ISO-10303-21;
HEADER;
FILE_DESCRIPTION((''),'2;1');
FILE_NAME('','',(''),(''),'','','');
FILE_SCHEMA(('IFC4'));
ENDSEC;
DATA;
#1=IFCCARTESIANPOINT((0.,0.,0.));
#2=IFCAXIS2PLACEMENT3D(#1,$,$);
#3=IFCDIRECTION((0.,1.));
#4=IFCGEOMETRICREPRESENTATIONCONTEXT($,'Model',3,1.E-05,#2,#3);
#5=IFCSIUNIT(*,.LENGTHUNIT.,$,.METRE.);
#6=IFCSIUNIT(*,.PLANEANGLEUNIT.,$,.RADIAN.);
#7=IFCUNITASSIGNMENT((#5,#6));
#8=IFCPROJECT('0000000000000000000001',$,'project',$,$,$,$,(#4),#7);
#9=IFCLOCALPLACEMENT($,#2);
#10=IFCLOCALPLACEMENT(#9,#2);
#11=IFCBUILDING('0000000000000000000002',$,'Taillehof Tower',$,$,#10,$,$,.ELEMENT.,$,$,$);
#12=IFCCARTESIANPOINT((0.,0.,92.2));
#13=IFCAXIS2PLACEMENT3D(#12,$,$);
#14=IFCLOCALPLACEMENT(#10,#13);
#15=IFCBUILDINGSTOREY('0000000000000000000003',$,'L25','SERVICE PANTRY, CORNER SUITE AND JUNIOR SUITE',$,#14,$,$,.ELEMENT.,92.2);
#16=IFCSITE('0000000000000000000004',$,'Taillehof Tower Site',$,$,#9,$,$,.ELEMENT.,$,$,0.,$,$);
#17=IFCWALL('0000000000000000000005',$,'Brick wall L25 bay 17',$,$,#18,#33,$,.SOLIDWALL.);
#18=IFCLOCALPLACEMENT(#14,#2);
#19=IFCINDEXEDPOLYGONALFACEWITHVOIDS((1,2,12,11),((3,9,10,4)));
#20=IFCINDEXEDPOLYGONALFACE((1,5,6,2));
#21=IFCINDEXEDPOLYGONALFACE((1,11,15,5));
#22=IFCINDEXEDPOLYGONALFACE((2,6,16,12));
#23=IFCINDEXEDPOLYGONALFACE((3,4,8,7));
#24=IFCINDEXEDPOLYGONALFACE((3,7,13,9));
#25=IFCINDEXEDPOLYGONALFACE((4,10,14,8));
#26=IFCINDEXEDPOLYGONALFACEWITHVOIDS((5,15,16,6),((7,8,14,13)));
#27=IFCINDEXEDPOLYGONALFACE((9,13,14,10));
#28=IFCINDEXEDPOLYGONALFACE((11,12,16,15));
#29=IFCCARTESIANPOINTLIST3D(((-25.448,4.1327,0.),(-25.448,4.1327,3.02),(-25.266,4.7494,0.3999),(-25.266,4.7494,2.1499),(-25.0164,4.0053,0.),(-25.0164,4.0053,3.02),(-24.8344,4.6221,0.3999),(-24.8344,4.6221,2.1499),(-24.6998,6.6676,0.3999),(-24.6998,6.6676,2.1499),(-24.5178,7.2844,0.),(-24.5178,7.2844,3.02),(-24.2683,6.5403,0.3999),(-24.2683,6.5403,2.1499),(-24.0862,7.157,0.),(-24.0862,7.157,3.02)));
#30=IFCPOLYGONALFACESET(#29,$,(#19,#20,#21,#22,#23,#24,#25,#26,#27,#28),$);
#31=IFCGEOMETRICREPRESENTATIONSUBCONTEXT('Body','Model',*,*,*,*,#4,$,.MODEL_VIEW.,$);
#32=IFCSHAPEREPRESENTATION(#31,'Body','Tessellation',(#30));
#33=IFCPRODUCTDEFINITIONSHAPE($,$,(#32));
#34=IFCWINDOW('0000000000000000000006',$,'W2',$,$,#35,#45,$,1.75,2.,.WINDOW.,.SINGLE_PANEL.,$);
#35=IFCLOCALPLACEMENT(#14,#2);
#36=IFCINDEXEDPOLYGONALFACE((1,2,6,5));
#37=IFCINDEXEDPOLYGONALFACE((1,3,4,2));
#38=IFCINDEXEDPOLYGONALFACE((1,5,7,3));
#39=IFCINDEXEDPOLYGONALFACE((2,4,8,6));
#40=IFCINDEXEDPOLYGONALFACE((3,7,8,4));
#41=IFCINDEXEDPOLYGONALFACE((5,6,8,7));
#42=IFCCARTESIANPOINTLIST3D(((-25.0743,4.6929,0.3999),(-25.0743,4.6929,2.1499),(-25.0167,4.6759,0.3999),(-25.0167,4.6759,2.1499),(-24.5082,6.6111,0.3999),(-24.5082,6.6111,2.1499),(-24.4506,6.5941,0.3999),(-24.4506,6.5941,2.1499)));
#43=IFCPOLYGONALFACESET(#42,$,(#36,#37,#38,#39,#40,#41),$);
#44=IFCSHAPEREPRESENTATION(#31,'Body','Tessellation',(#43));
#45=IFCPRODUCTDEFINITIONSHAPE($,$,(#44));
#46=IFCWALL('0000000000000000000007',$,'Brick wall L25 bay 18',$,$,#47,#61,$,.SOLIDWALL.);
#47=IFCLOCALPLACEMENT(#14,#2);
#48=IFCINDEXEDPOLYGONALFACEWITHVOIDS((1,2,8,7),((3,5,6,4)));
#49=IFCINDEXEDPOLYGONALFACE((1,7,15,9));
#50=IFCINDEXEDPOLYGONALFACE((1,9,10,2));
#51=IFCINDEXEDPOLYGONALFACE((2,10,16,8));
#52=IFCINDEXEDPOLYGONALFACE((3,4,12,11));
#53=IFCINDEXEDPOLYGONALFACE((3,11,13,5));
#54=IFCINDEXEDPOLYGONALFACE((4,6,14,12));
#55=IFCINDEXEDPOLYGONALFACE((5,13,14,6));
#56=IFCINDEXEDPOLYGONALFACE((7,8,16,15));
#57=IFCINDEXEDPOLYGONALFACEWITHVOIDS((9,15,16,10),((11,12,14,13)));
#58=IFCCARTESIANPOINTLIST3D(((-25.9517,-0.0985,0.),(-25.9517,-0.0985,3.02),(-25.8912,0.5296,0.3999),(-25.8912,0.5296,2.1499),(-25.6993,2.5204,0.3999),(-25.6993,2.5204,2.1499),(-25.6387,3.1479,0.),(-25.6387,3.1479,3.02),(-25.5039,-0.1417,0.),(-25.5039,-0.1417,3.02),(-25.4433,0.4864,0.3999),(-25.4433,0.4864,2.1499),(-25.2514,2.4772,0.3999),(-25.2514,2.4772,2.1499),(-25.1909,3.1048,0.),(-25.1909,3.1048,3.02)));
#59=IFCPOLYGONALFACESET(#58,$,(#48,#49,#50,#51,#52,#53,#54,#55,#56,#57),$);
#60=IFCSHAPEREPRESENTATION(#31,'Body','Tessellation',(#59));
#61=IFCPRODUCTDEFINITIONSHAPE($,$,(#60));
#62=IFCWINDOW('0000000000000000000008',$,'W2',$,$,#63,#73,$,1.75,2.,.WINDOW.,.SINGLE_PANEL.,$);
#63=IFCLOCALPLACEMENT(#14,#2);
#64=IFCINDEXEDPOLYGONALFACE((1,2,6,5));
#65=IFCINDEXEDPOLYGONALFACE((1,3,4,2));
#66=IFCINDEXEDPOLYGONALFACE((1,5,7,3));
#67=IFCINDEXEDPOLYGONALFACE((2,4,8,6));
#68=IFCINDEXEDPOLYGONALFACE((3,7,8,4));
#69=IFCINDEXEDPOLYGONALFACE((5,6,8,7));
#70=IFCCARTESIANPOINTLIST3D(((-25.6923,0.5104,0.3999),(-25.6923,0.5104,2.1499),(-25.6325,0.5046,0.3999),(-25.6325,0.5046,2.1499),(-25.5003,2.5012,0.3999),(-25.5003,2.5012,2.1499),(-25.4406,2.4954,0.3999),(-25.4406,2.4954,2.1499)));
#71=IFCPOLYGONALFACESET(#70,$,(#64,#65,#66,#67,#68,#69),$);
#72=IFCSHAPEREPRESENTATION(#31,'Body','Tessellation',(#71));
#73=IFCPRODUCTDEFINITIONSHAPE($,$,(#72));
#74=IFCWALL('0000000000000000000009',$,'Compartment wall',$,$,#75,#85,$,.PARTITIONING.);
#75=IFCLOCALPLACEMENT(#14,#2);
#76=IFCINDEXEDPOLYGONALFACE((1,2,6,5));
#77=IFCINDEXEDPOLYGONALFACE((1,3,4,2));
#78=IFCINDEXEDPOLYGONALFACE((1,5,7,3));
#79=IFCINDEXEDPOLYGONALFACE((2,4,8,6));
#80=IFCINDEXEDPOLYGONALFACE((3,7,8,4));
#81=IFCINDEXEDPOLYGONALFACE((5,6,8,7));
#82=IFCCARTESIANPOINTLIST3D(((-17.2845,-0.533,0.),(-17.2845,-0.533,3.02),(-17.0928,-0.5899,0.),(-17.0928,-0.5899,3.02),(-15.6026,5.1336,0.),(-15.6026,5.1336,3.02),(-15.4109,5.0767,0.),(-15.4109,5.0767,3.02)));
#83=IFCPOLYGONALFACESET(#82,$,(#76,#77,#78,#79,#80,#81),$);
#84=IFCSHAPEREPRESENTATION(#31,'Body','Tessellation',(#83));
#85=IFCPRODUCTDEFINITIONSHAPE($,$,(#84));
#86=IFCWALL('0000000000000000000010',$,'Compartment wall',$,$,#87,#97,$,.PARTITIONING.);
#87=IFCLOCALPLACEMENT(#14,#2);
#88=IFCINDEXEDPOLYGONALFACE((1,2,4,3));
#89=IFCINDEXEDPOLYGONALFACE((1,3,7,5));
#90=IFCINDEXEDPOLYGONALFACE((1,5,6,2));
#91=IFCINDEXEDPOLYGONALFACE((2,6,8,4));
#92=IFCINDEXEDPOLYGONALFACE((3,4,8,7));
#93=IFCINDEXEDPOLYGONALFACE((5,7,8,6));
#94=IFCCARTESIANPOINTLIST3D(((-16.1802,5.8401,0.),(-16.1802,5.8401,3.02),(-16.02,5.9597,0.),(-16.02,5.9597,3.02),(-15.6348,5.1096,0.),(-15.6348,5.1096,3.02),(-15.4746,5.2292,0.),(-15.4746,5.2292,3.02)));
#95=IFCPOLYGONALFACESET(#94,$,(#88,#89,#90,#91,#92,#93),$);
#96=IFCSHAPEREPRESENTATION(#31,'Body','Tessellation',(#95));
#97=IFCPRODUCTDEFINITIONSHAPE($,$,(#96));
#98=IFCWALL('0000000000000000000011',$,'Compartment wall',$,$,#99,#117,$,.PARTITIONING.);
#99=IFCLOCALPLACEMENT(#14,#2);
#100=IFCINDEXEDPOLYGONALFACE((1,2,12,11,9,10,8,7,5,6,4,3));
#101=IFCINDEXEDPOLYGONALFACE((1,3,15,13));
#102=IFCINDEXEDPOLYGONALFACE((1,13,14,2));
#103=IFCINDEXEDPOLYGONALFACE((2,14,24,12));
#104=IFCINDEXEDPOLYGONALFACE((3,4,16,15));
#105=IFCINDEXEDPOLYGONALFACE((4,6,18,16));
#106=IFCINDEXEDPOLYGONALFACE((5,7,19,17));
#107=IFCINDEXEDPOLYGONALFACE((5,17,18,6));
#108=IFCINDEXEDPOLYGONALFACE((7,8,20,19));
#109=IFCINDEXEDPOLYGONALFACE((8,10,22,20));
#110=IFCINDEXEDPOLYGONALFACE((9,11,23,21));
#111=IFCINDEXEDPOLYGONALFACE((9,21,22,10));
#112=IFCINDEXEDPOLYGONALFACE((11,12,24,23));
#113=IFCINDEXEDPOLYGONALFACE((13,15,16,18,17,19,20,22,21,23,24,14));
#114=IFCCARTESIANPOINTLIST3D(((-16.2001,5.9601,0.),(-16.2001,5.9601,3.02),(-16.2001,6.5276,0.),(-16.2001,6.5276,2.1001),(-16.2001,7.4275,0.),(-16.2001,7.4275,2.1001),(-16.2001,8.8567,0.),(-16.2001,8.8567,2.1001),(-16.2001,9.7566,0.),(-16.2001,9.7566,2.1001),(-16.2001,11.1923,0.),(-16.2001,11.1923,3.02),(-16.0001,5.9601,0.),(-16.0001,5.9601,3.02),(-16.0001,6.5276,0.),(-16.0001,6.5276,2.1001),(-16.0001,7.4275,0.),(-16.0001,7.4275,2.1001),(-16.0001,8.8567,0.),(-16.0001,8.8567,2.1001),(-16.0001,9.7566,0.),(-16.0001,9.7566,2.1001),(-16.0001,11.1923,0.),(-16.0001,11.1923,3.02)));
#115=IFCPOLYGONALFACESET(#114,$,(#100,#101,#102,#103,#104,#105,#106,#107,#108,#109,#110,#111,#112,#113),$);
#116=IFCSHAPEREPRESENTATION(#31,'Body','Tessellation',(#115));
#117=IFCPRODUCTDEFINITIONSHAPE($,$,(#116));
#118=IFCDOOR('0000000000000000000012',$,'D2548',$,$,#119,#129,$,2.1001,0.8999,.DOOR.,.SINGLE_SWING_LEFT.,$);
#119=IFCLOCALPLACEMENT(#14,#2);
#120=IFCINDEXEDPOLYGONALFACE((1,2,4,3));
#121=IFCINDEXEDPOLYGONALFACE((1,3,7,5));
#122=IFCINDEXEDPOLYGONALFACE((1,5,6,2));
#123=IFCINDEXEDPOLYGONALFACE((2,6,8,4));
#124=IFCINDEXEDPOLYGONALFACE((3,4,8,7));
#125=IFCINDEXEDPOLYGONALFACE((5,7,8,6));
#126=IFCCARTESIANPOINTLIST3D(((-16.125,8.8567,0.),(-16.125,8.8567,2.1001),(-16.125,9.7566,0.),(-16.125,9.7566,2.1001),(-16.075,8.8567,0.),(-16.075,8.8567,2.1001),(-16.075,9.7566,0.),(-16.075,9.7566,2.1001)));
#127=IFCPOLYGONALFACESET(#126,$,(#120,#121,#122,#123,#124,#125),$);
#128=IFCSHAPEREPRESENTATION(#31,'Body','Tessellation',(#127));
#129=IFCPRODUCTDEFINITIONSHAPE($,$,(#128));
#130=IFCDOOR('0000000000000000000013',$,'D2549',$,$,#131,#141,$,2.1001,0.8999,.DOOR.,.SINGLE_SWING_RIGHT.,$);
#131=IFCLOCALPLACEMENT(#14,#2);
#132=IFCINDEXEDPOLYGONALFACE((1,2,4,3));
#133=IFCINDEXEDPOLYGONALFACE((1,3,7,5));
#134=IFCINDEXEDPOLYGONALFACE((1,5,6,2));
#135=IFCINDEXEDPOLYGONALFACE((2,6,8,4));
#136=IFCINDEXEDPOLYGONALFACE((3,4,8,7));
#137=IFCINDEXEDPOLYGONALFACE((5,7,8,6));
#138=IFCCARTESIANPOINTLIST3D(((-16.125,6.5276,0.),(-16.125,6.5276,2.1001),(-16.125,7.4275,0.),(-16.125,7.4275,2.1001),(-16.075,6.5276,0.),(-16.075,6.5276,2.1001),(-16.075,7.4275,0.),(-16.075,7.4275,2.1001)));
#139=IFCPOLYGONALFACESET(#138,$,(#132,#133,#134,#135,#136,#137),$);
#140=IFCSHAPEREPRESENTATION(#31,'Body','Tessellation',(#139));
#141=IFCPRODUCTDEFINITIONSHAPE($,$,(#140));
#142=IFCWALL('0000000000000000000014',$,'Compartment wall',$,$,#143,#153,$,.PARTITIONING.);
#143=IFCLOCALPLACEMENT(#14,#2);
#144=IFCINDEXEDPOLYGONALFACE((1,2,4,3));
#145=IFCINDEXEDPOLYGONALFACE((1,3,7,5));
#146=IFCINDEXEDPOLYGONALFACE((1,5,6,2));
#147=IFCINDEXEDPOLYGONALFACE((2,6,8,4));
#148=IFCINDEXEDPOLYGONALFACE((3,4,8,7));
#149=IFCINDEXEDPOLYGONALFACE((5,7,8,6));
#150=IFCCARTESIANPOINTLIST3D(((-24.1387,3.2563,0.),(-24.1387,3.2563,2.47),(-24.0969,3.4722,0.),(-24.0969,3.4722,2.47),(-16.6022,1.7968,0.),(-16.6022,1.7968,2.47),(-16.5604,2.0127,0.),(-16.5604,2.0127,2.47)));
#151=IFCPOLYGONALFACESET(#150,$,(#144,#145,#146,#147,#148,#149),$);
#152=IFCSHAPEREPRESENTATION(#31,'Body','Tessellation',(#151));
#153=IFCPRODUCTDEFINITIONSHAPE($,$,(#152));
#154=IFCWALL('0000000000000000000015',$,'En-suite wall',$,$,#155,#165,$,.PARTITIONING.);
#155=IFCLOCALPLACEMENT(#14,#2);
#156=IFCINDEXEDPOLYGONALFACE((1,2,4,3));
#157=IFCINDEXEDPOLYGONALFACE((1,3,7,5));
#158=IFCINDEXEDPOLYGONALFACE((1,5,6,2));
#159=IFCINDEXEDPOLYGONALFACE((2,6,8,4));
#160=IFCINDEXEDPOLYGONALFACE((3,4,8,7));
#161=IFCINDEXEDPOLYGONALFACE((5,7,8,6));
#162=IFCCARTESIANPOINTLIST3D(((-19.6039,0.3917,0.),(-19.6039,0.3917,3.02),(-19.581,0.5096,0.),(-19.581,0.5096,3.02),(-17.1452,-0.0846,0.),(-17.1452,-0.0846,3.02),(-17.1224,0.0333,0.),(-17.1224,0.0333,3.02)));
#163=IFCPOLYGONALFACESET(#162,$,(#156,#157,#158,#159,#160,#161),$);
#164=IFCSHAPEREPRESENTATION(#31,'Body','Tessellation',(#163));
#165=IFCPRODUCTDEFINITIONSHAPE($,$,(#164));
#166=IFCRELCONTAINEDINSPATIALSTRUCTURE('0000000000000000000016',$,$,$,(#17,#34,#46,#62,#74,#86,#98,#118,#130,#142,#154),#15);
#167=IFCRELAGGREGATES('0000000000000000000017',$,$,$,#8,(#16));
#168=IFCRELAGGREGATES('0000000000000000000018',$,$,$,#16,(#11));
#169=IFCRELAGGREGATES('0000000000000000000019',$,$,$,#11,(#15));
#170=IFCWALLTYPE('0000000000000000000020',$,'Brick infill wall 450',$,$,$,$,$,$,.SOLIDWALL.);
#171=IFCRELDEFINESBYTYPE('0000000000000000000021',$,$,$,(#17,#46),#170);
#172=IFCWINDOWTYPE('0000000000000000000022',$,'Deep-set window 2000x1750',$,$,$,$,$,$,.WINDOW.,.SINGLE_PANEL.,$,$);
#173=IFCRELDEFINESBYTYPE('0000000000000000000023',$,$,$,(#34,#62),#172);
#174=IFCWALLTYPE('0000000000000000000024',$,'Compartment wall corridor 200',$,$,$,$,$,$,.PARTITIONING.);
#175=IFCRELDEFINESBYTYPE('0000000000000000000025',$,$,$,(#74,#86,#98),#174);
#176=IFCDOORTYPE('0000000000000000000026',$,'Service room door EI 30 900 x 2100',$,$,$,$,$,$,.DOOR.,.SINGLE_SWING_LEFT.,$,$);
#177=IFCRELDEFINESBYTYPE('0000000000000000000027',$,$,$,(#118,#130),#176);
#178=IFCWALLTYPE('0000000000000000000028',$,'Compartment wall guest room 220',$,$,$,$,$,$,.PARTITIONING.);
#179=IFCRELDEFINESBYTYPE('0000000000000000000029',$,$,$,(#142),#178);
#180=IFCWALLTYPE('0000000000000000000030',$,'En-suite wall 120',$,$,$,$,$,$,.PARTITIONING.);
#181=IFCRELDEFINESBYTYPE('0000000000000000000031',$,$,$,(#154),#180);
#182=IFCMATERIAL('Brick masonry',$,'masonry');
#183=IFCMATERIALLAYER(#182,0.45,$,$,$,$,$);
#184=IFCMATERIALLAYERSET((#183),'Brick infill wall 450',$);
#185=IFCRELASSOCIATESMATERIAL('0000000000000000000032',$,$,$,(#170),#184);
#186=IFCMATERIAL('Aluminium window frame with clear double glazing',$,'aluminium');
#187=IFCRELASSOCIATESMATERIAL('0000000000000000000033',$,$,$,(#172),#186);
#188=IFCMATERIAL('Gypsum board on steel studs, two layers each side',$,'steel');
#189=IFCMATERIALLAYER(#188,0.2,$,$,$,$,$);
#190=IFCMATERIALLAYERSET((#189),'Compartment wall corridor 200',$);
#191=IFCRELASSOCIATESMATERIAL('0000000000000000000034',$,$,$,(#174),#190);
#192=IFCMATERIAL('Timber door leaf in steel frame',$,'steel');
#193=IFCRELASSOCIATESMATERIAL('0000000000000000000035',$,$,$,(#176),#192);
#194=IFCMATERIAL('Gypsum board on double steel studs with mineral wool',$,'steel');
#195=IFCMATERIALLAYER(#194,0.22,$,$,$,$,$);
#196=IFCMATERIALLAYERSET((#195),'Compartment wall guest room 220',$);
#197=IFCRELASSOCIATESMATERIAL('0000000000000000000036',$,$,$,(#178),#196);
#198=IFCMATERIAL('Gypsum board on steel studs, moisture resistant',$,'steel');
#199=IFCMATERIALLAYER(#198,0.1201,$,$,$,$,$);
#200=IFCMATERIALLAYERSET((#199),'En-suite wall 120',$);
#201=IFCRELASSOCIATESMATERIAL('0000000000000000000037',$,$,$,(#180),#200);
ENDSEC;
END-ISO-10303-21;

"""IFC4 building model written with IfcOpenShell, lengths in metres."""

from ifc_helpers import new_model, si_unit, direction, frame, frame_2d, origin, place, context, subcontext, project, spatial, rectangle, extrude, material, layer, layer_set, type_object, element, fill, save


model = new_model("IFC4")

# Units and contexts
model_context = context("Model", 3, precision=1e-05, world=origin(), true_north=direction((0.0, 1.0)))
body_context = subcontext(model_context, "Body", "Model", "MODEL_VIEW")
ifc_project = project(units=[si_unit("LENGTHUNIT", "METRE"), si_unit("PLANEANGLEUNIT", "RADIAN")], contexts=[model_context])

# Site, building, storey
site_placement = place(None, origin())
site = spatial("IfcSite", under=ifc_project, at=site_placement, Name="Taillehof Tower Site", CompositionType="ELEMENT", RefElevation=0.0)
building_placement = place(site_placement, origin())
building = spatial("IfcBuilding", under=site, at=building_placement, Name="Taillehof Tower", CompositionType="ELEMENT")
storey_placement = place(building_placement, frame((0.0, 0.0, 92.2)))
storey = spatial("IfcBuildingStorey", under=building, at=storey_placement, Name="L25", Description="SERVICE PANTRY, CORNER SUITE AND JUNIOR SUITE", CompositionType="ELEMENT", Elevation=92.2)

# Walls, openings, windows
ifc_material_1 = material(Name="Brick masonry", Category="masonry")
ifc_layer_1 = layer(ifc_material_1, 0.45)
ifc_layer_set_1 = layer_set([ifc_layer_1], Name="Brick infill wall 450")
wall_type_1 = type_object("IfcWallType", Name="Brick infill wall 450", PredefinedType="SOLIDWALL", material=ifc_layer_set_1)
wall_1_placement = place(storey_placement, frame((-24.302, 7.2207, 0.0), z_axis=(0.0, 0.0, 1.0), x_axis=(-0.283071, -0.959099, 0.0)))
wall_1 = element("IfcWall", 1, at=wall_1_placement, inside=storey, type_object=wall_type_1, Name="Brick wall L25 bay 17", PredefinedType="SOLIDWALL", context=body_context, shape_type="SweptSolid", body=[
    extrude(rectangle(XDim=3.2861, YDim=0.45, at=frame_2d((1.6431, 0.0))), origin(), (0.0, 0.0, 1.0), 3.02),
])
opening_1_placement = place(wall_1_placement, frame((0.6431, 0.0, 0.3999)))
opening_1 = element("IfcOpeningElement", 2, at=opening_1_placement, cuts=wall_1, PredefinedType="OPENING", context=body_context, shape_type="SweptSolid", body=[
    extrude(rectangle(XDim=2.0, YDim=1.75, at=frame_2d((1.0, 0.875))), frame((0.0, 0.2349, 0.0), z_axis=(0.0, -1.0, 0.0), x_axis=(1.0, 0.0, 0.0)), (0.0, 0.0, 1.0), 0.47),
])
ifc_material_2 = material(Name="Aluminium window frame with clear double glazing", Category="aluminium")
window_type = type_object("IfcWindowType", Name="Deep-set window 2000x1750", PartitioningType="SINGLE_PANEL", PredefinedType="WINDOW", material=ifc_material_2)
window_1_placement = place(opening_1_placement, origin())
window_1 = element("IfcWindow", 3, at=window_1_placement, inside=storey, type_object=window_type, Name="W2", OverallHeight=1.75, OverallWidth=2.0, PartitioningType="SINGLE_PANEL", PredefinedType="WINDOW", context=body_context, shape_type="SweptSolid", body=[
    extrude(rectangle(XDim=2.0, YDim=1.75, at=frame_2d((1.0, 0.875))), frame((0.0, 0.0349, 0.0), z_axis=(0.0, -1.0, 0.0), x_axis=(1.0, 0.0, 0.0)), (0.0, 0.0, 1.0), 0.0601),
])
fill(opening_1, window_1)
wall_2_placement = place(storey_placement, frame((-25.4148, 3.1265, 0.0), z_axis=(0.0, 0.0, 1.0), x_axis=(-0.095968, -0.995384, 0.0)))
wall_2 = element("IfcWall", 4, at=wall_2_placement, inside=storey, type_object=wall_type_1, Name="Brick wall L25 bay 18", PredefinedType="SOLIDWALL", context=body_context, shape_type="SweptSolid", body=[
    extrude(rectangle(XDim=3.2615, YDim=0.45, at=frame_2d((1.6309, 0.0))), origin(), (0.0, 0.0, 1.0), 3.02),
])
opening_2_placement = place(wall_2_placement, frame((0.6306, 0.0, 0.3999)))
opening_2 = element("IfcOpeningElement", 5, at=opening_2_placement, cuts=wall_2, PredefinedType="OPENING", context=body_context, shape_type="SweptSolid", body=[
    extrude(rectangle(XDim=2.0, YDim=1.75, at=frame_2d((1.0, 0.875))), frame((0.0, 0.2349, 0.0), z_axis=(0.0, -1.0, 0.0), x_axis=(1.0, 0.0, 0.0)), (0.0, 0.0, 1.0), 0.47),
])
window_2_placement = place(opening_2_placement, origin())
window_2 = element("IfcWindow", 6, at=window_2_placement, inside=storey, type_object=window_type, Name="W2", OverallHeight=1.75, OverallWidth=2.0, PartitioningType="SINGLE_PANEL", PredefinedType="WINDOW", context=body_context, shape_type="SweptSolid", body=[
    extrude(rectangle(XDim=2.0, YDim=1.75, at=frame_2d((1.0, 0.875))), frame((0.0, 0.0349, 0.0), z_axis=(0.0, -1.0, 0.0), x_axis=(1.0, 0.0, 0.0)), (0.0, 0.0, 1.0), 0.0601),
])
fill(opening_2, window_2)

# Walls
ifc_material_3 = material(Name="Gypsum board on steel studs, two layers each side", Category="steel")
ifc_layer_2 = layer(ifc_material_3, 0.2)
ifc_layer_set_2 = layer_set([ifc_layer_2], Name="Compartment wall corridor 200")
wall_type_2 = type_object("IfcWallType", Name="Compartment wall corridor 200", PredefinedType="PARTITIONING", material=ifc_layer_set_2)
wall_3_placement = place(storey_placement, frame((-17.1887, -0.5615, 0.0), z_axis=(0.0, 0.0, 1.0), x_axis=(0.284543, 0.958663, 0.0)))
element("IfcWall", 7, at=wall_3_placement, inside=storey, type_object=wall_type_2, Name="Compartment wall", PredefinedType="PARTITIONING", context=body_context, shape_type="SweptSolid", body=[
    extrude(rectangle(XDim=5.9109, YDim=0.2, at=frame_2d((2.9556, 0.0))), origin(), (0.0, 0.0, 1.0), 3.02),
])
wall_4_placement = place(storey_placement, frame((-15.5547, 5.1694, 0.0), z_axis=(0.0, 0.0, 1.0), x_axis=(-0.598285, 0.801284, 0.0)))
element("IfcWall", 8, at=wall_4_placement, inside=storey, type_object=wall_type_2, Name="Compartment wall", PredefinedType="PARTITIONING", context=body_context, shape_type="SweptSolid", body=[
    extrude(rectangle(XDim=0.9116, YDim=0.2, at=frame_2d((0.4558, 0.0))), origin(), (0.0, 0.0, 1.0), 3.02),
])

# Wall, openings, doors
wall_5_placement = place(storey_placement, frame((-16.1001, 5.96, 0.0), z_axis=(0.0, 0.0, 1.0), x_axis=(0.0, 1.0, 0.0)))
wall_5 = element("IfcWall", 9, at=wall_5_placement, inside=storey, type_object=wall_type_2, Name="Compartment wall", PredefinedType="PARTITIONING", context=body_context, shape_type="SweptSolid", body=[
    extrude(rectangle(XDim=5.2322, YDim=0.2, at=frame_2d((2.6162, 0.0))), origin(), (0.0, 0.0, 1.0), 3.02),
])
opening_3_placement = place(wall_5_placement, frame((2.8967, 0.0, 0.0)))
opening_3 = element("IfcOpeningElement", 10, at=opening_3_placement, cuts=wall_5, PredefinedType="OPENING", context=body_context, shape_type="SweptSolid", body=[
    extrude(rectangle(XDim=0.8999, YDim=2.1001, at=frame_2d((0.45, 1.05))), frame((0.0, 0.1099, 0.0), z_axis=(0.0, -1.0, 0.0), x_axis=(1.0, 0.0, 0.0)), (0.0, 0.0, 1.0), 0.22),
])
opening_4_placement = place(wall_5_placement, frame((0.5676, 0.0, 0.0)))
opening_4 = element("IfcOpeningElement", 11, at=opening_4_placement, cuts=wall_5, PredefinedType="OPENING", context=body_context, shape_type="SweptSolid", body=[
    extrude(rectangle(XDim=0.8999, YDim=2.1001, at=frame_2d((0.45, 1.05))), frame((0.0, 0.1099, 0.0), z_axis=(0.0, -1.0, 0.0), x_axis=(1.0, 0.0, 0.0)), (0.0, 0.0, 1.0), 0.22),
])
ifc_material_4 = material(Name="Timber door leaf in steel frame", Category="steel")
door_type_1 = type_object("IfcDoorType", Name="Service room door EI 30 900 x 2100", OperationType="SINGLE_SWING_LEFT", PredefinedType="DOOR", material=ifc_material_4)
door_1_placement = place(opening_3_placement, origin())
door_1 = element("IfcDoor", 12, at=door_1_placement, inside=storey, type_object=door_type_1, Name="D2548", OperationType="SINGLE_SWING_LEFT", OverallHeight=2.1001, OverallWidth=0.8999, PredefinedType="DOOR", context=body_context, shape_type="SweptSolid", body=[
    extrude(rectangle(XDim=0.8999, YDim=2.1001, at=frame_2d((0.45, 1.05))), frame((0.0, 0.0249, 0.0), z_axis=(0.0, -1.0, 0.0), x_axis=(1.0, 0.0, 0.0)), (0.0, 0.0, 1.0), 0.05),
])
fill(opening_3, door_1)
door_2_placement = place(opening_4_placement, origin())
door_2 = element("IfcDoor", 13, at=door_2_placement, inside=storey, type_object=door_type_1, Name="D2549", OperationType="SINGLE_SWING_RIGHT", OverallHeight=2.1001, OverallWidth=0.8999, PredefinedType="DOOR", context=body_context, shape_type="SweptSolid", body=[
    extrude(rectangle(XDim=0.8999, YDim=2.1001, at=frame_2d((0.45, 1.05))), frame((0.0, 0.0249, 0.0), z_axis=(0.0, -1.0, 0.0), x_axis=(1.0, 0.0, 0.0)), (0.0, 0.0, 1.0), 0.05),
])
fill(opening_4, door_2)

# Walls
ifc_material_5 = material(Name="Gypsum board on double steel studs with mineral wool", Category="steel")
ifc_layer_3 = layer(ifc_material_5, 0.22)
ifc_layer_set_3 = layer_set([ifc_layer_3], Name="Compartment wall guest room 220")
wall_type_3 = type_object("IfcWallType", Name="Compartment wall guest room 220", PredefinedType="PARTITIONING", material=ifc_layer_set_3)
wall_6_placement = place(storey_placement, frame((-24.1179, 3.3643, 0.0), z_axis=(0.0, 0.0, 1.0), x_axis=(0.98176, -0.190125, 0.0)))
element("IfcWall", 14, at=wall_6_placement, inside=storey, type_object=wall_type_3, Name="Compartment wall", PredefinedType="PARTITIONING", context=body_context, shape_type="SweptSolid", body=[
    extrude(rectangle(XDim=7.6765, YDim=0.22, at=frame_2d((3.8384, 0.0))), origin(), (0.0, 0.0, 1.0), 2.47),
])
ifc_material_6 = material(Name="Gypsum board on steel studs, moisture resistant", Category="steel")
ifc_layer_4 = layer(ifc_material_6, 0.1201)
ifc_layer_set_4 = layer_set([ifc_layer_4], Name="En-suite wall 120")
wall_type_4 = type_object("IfcWallType", Name="En-suite wall 120", PredefinedType="PARTITIONING", material=ifc_layer_set_4)
wall_7_placement = place(storey_placement, frame((-17.1338, -0.0256, 0.0), z_axis=(0.0, 0.0, 1.0), x_axis=(-0.981748, 0.190189, 0.0)))
element("IfcWall", 15, at=wall_7_placement, inside=storey, type_object=wall_type_4, Name="En-suite wall", PredefinedType="PARTITIONING", context=body_context, shape_type="SweptSolid", body=[
    extrude(rectangle(XDim=2.5044, YDim=0.1201, at=frame_2d((1.2522, 0.0))), origin(), (0.0, 0.0, 1.0), 3.02),
])

save(model, "model.ifc")
